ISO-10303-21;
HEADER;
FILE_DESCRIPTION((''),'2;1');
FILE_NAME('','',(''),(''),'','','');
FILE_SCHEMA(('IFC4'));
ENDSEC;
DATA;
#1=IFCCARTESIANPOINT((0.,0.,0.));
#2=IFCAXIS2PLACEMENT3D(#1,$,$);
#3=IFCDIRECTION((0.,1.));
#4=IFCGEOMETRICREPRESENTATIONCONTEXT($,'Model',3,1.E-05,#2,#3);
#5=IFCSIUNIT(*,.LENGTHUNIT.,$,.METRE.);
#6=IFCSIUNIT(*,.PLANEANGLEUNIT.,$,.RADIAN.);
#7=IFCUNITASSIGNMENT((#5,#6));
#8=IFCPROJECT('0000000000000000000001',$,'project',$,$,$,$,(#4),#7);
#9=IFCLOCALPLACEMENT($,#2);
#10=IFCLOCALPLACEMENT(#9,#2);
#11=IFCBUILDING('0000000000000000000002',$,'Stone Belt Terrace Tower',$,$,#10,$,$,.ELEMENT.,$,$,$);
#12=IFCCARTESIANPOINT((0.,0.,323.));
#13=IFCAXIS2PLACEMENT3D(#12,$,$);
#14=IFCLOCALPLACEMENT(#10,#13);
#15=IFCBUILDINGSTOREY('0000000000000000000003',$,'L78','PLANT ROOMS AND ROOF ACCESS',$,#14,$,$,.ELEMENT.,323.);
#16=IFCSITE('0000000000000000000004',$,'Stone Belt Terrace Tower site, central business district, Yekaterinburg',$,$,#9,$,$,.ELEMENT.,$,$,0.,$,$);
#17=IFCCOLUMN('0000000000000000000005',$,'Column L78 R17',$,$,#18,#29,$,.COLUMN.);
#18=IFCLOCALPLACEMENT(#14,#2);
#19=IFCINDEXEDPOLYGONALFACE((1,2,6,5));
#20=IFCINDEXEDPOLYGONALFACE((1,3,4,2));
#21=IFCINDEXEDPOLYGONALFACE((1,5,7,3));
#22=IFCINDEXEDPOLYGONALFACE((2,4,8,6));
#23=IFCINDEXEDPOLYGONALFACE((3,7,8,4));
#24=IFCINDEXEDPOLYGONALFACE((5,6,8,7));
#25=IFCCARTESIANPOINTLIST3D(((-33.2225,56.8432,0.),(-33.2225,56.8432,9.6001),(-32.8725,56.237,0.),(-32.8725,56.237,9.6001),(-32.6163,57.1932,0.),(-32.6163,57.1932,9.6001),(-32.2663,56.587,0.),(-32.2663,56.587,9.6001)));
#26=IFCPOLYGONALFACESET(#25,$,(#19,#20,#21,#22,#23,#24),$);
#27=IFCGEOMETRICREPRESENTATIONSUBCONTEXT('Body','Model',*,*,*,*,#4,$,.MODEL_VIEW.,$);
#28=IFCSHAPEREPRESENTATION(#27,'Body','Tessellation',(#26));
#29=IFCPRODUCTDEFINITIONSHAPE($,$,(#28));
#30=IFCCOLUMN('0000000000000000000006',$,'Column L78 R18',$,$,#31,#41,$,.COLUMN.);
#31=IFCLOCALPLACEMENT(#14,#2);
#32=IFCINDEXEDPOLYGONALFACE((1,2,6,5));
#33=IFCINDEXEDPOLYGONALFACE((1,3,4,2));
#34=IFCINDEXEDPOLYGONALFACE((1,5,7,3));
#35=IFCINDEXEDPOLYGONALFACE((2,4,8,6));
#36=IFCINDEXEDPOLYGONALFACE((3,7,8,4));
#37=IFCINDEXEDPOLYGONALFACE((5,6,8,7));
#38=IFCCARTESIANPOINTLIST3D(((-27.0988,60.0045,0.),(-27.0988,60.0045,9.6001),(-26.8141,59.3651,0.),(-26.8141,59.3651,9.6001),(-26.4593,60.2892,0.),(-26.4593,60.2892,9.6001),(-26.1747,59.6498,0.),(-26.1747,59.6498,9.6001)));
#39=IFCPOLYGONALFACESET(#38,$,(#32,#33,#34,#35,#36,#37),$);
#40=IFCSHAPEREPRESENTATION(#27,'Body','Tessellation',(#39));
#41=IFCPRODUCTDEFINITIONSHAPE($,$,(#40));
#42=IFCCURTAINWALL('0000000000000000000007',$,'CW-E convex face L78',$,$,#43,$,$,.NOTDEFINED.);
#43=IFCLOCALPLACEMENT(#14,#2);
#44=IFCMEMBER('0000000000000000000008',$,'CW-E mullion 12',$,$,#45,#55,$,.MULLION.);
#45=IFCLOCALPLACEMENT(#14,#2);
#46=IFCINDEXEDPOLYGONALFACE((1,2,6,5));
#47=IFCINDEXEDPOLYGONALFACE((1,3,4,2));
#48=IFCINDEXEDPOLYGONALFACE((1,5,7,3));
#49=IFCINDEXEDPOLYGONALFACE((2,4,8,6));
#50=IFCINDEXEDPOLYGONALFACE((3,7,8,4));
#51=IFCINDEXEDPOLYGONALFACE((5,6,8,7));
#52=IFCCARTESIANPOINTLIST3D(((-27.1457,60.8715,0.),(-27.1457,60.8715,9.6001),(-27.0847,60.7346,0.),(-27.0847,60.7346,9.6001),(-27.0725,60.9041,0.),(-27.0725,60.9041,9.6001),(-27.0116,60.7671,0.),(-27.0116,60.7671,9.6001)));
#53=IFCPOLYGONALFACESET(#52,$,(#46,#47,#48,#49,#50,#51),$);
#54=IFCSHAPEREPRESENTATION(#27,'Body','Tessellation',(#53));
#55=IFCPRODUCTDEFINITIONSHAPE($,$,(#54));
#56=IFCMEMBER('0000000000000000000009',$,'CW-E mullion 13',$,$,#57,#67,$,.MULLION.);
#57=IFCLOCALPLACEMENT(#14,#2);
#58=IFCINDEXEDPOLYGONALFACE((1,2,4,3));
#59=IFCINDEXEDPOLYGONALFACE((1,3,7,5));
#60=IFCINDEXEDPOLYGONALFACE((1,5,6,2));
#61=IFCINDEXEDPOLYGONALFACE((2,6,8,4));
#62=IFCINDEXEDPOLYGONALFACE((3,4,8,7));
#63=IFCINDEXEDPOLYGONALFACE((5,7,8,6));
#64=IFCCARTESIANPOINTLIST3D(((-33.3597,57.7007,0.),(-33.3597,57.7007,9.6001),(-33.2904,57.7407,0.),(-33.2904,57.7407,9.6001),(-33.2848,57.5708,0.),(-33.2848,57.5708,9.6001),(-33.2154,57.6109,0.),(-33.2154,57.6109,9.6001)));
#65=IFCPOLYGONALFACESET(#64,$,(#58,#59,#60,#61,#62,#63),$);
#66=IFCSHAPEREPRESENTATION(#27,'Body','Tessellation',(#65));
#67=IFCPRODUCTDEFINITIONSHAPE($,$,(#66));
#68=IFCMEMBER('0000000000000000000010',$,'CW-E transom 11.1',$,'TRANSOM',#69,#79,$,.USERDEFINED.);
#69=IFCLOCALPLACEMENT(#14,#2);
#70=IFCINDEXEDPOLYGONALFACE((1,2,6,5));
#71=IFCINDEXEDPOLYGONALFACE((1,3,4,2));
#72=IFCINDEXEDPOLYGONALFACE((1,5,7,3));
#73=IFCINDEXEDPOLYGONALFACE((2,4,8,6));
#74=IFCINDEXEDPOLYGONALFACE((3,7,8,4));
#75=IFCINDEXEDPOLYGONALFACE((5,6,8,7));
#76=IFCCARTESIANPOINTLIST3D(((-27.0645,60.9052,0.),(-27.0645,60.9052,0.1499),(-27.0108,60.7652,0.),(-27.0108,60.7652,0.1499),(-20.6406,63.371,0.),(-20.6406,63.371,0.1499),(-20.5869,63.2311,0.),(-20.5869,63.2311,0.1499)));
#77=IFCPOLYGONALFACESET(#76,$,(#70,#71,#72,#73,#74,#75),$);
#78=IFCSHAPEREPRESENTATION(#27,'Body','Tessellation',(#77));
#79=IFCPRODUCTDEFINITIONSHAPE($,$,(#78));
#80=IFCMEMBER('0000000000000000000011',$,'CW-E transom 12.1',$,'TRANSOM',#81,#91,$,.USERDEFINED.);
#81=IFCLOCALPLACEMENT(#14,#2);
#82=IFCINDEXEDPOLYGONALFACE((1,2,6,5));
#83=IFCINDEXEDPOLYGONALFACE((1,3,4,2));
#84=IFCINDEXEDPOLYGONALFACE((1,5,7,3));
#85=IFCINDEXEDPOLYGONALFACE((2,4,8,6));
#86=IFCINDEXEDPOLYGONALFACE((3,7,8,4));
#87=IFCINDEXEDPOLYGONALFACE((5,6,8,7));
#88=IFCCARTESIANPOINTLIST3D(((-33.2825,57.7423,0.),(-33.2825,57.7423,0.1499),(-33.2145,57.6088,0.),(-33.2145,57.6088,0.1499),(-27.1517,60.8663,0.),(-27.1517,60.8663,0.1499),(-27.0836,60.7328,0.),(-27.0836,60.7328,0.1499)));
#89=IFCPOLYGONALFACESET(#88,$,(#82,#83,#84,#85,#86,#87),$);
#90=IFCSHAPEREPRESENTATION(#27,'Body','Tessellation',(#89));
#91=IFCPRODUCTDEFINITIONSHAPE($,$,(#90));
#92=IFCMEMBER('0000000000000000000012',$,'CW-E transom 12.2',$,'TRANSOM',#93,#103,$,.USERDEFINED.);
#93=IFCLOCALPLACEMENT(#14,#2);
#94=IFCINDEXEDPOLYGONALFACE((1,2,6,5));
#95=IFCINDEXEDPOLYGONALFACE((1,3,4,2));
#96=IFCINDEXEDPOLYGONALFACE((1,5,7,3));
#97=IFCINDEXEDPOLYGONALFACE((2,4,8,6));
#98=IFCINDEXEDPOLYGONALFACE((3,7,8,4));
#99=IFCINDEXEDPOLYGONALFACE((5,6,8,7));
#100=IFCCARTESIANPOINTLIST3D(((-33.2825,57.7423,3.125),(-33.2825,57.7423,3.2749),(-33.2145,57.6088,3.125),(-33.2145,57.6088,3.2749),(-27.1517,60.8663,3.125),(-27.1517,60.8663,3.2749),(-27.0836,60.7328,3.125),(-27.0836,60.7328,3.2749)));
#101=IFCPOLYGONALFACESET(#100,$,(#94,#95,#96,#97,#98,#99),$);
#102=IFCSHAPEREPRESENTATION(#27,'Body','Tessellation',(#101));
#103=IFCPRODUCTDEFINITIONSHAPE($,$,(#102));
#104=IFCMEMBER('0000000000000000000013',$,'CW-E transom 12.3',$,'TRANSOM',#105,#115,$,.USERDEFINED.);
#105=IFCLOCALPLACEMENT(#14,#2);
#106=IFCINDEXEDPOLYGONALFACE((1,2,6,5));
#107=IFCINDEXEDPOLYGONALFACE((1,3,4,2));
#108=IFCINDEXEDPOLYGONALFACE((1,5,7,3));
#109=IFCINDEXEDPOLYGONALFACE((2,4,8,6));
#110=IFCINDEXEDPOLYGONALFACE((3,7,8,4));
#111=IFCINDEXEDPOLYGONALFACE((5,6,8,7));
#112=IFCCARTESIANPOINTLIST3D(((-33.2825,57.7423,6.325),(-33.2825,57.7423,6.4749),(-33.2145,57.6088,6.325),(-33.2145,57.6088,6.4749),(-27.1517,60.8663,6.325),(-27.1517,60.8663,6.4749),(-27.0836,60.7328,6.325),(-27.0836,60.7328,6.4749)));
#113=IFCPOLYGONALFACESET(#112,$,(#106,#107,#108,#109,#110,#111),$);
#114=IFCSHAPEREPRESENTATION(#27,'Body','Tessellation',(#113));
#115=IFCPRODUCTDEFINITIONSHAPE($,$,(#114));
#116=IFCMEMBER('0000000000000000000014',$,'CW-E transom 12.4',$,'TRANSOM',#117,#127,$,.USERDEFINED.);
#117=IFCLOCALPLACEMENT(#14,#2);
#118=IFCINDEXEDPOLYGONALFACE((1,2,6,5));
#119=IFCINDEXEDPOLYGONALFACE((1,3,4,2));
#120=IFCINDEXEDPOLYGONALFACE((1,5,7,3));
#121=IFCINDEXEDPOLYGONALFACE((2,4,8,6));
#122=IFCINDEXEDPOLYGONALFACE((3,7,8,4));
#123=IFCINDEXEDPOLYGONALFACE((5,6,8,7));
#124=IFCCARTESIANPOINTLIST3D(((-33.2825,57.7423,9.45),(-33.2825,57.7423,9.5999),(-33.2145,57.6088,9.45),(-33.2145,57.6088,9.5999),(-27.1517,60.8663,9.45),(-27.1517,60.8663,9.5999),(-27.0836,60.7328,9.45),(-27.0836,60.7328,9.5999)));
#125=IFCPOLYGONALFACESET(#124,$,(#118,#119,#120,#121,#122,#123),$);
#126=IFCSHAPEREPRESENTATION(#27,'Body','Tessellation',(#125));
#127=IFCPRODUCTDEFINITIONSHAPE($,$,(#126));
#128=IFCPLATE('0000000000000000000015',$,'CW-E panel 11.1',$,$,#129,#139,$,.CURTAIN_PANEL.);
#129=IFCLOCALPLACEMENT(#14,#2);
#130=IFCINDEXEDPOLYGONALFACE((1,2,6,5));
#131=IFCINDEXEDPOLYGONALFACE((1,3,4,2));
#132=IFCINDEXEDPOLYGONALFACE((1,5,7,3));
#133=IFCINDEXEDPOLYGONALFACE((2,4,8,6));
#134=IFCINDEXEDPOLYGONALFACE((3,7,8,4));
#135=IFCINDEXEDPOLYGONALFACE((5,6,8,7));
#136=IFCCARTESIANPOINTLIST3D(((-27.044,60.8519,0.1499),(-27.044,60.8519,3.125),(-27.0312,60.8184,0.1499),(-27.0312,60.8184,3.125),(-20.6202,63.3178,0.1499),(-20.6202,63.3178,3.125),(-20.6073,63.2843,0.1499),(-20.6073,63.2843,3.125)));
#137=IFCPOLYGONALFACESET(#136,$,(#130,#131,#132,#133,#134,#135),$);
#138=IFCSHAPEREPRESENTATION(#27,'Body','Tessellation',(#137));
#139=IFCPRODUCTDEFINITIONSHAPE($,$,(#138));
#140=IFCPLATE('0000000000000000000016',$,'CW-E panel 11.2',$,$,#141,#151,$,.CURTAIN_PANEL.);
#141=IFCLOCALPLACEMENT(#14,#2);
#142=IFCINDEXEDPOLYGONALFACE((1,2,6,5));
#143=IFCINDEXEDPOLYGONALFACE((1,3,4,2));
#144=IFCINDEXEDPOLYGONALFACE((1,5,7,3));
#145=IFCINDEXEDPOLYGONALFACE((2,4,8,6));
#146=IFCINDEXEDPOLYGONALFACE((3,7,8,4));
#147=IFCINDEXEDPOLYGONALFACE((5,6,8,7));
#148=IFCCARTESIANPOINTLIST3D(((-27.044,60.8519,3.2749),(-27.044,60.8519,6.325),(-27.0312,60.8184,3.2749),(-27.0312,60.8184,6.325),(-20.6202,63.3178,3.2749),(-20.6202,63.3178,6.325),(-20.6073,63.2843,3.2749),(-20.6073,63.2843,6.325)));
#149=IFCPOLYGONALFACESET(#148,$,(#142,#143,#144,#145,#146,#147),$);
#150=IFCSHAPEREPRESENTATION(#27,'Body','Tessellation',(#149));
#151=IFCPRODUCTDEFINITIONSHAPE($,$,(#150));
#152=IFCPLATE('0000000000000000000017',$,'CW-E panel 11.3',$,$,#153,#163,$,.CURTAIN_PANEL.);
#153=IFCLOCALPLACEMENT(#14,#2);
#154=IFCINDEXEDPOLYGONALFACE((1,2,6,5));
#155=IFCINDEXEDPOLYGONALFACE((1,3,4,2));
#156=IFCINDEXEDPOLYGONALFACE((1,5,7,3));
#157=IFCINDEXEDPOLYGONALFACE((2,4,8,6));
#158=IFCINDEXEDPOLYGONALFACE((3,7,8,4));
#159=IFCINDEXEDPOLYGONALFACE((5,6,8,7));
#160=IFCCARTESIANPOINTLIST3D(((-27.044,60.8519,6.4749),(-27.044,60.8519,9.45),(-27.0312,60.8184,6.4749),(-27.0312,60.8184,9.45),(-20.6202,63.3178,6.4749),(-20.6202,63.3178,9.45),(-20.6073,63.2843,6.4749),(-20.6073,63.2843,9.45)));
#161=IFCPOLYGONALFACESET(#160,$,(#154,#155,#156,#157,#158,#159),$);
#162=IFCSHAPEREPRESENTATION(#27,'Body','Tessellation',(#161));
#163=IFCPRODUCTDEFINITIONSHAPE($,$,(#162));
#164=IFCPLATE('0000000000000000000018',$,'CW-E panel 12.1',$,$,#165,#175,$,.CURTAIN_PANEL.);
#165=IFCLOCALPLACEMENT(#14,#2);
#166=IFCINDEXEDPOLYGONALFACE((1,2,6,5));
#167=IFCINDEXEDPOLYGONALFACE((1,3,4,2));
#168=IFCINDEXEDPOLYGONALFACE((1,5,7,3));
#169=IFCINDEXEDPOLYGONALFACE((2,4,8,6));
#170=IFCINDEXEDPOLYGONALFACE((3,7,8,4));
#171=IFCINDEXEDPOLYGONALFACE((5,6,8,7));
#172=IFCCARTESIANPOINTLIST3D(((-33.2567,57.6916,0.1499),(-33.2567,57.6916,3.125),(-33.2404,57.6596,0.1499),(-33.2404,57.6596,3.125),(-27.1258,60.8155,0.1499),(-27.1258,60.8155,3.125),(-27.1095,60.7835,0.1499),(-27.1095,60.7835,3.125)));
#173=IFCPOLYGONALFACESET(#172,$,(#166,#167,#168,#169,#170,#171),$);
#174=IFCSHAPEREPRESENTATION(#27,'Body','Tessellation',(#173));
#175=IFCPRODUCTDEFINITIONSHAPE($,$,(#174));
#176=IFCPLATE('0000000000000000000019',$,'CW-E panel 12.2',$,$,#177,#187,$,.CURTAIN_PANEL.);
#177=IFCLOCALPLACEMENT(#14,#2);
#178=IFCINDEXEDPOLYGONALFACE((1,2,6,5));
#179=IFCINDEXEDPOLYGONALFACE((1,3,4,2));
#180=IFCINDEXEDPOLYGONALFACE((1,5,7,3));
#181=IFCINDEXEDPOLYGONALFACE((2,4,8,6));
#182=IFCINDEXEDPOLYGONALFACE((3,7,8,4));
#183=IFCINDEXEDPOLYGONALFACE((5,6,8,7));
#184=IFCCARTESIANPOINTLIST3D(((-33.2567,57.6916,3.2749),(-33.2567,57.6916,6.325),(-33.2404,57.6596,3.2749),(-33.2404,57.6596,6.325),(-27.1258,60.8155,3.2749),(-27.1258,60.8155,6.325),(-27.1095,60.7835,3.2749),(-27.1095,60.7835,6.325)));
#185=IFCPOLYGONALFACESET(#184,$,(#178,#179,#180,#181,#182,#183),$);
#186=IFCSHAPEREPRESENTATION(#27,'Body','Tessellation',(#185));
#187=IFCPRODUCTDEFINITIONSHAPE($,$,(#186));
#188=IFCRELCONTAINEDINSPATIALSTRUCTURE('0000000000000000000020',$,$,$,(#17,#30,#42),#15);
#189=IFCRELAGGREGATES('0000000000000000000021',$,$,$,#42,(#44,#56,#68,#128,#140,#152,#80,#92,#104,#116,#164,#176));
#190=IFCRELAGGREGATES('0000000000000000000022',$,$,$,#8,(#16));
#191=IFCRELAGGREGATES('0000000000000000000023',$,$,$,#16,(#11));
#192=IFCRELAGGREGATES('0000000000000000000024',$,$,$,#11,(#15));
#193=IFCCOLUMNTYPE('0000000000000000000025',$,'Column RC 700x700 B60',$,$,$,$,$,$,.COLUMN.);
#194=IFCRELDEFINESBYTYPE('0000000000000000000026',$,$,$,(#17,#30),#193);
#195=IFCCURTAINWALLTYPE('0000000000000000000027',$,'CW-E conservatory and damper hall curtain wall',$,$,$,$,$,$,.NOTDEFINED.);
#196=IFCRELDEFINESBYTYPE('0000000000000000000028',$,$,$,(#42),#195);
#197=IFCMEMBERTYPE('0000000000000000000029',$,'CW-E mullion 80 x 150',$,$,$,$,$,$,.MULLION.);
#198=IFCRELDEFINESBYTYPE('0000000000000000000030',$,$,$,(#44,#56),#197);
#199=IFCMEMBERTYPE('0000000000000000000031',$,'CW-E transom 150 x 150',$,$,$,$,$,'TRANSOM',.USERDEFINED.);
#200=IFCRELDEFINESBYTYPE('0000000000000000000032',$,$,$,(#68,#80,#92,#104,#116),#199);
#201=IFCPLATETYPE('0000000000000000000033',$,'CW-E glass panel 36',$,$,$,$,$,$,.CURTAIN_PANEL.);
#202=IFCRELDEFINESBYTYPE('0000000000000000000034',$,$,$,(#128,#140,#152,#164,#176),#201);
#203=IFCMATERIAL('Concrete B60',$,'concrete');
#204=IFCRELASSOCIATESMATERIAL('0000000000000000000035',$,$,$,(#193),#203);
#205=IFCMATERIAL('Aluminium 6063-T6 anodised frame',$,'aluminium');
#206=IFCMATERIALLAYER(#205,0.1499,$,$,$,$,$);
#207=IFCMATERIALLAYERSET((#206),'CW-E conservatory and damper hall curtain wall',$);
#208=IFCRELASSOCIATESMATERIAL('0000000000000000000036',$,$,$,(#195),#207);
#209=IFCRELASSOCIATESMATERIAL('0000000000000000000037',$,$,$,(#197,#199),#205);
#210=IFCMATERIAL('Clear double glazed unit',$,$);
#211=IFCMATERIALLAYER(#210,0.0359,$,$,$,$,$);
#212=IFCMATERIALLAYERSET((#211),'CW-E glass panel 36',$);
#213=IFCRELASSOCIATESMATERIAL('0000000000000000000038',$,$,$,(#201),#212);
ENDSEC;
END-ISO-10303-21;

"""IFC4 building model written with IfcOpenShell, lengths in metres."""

from ifc_helpers import new_model, si_unit, direction, frame, origin, origin_2d, place, context, subcontext, project, spatial, rectangle, extrude, material, layer, layer_set, material_profile, profile_set, type_object, element, aggregate, save


model = new_model("IFC4")

# Units and contexts
model_context = context("Model", 3, precision=1e-05, world=origin(), true_north=direction((0.0, 1.0)))
body_context = subcontext(model_context, "Body", "Model", "MODEL_VIEW")
ifc_project = project(units=[si_unit("LENGTHUNIT", "METRE"), si_unit("PLANEANGLEUNIT", "RADIAN")], contexts=[model_context])

# Site, building, storey
site_placement = place(None, origin())
site = spatial("IfcSite", under=ifc_project, at=site_placement, Name="Stone Belt Terrace Tower site, central business district, Yekaterinburg", CompositionType="ELEMENT", RefElevation=0.0)
building_placement = place(site_placement, origin())
building = spatial("IfcBuilding", under=site, at=building_placement, Name="Stone Belt Terrace Tower", CompositionType="ELEMENT")
storey_placement = place(building_placement, frame((0.0, 0.0, 323.0)))
storey = spatial("IfcBuildingStorey", under=building, at=storey_placement, Name="L78", Description="PLANT ROOMS AND ROOF ACCESS", CompositionType="ELEMENT", Elevation=323.0)

# Columns
ifc_material_1 = material(Name="Concrete B60", Category="concrete")
ifc_material_profile_1 = material_profile(ifc_material_1, rectangle(XDim=0.7, YDim=0.7, at=origin_2d()), Name="RC 700x700")
ifc_profile_set_1 = profile_set([ifc_material_profile_1], Name="Concrete B60")
column_type = type_object("IfcColumnType", Name="Column RC 700x700 B60", PredefinedType="COLUMN", material=ifc_profile_set_1)
for number, where, z_axis, x_axis, name in (
    (1, (-32.7444, 56.7151, 0.0), (0.0, 0.0, 1.0), (0.866025, 0.5, 0.0), "Column L78 R17"),
    (2, (-26.6367, 59.8271, 0.0), (0.0, 0.0, 1.0), (0.913545, 0.406737, 0.0), "Column L78 R18"),
):
    element("IfcColumn", number, at=place(storey_placement, frame(where, z_axis=z_axis, x_axis=x_axis)), inside=storey, type_object=column_type, Name=name, PredefinedType="COLUMN", context=body_context, shape_type="SweptSolid", body=[
        extrude(rectangle(XDim=0.7, YDim=0.7, at=origin_2d()), origin(), (0.0, 0.0, 1.0), 9.6001),
    ])

# Curtain wall, members, plates
ifc_material_2 = material(Name="Aluminium 6063-T6 anodised frame", Category="aluminium")
ifc_layer_1 = layer(ifc_material_2, 0.1499)
ifc_layer_set_1 = layer_set([ifc_layer_1], Name="CW-E conservatory and damper hall curtain wall")
curtain_wall_type = type_object("IfcCurtainWallType", Name="CW-E conservatory and damper hall curtain wall", PredefinedType="NOTDEFINED", material=ifc_layer_set_1)
curtain_wall_placement = place(storey_placement, origin())
curtain_wall = element("IfcCurtainWall", 3, at=curtain_wall_placement, inside=storey, type_object=curtain_wall_type, Name="CW-E convex face L78", PredefinedType="NOTDEFINED")
ifc_material_profile_2 = material_profile(ifc_material_2, rectangle(XDim=0.1499, YDim=0.0801, at=origin_2d()), Name="Aluminium 6063-T6 80x150")
ifc_profile_set_2 = profile_set([ifc_material_profile_2], Name="Aluminium 6063-T6 anodised frame")
member_type_1 = type_object("IfcMemberType", Name="CW-E mullion 80 x 150", PredefinedType="MULLION", material=ifc_profile_set_2)
member_1_placement = place(storey_placement, frame((-27.0786, 60.8193, 0.0), z_axis=(0.0, 0.0, 1.0), x_axis=(0.406737, -0.913545, 0.0)))
member_1 = element("IfcMember", 4, at=member_1_placement, type_object=member_type_1, Name="CW-E mullion 12", PredefinedType="MULLION", context=body_context, shape_type="SweptSolid", body=[
    extrude(rectangle(XDim=0.1499, YDim=0.0801, at=origin_2d()), origin(), (0.0, 0.0, 1.0), 9.6001),
])
member_2_placement = place(storey_placement, frame((-33.2876, 57.6558, 0.0), z_axis=(0.0, 0.0, 1.0), x_axis=(0.5, -0.866025, 0.0)))
member_2 = element("IfcMember", 5, at=member_2_placement, type_object=member_type_1, Name="CW-E mullion 13", PredefinedType="MULLION", context=body_context, shape_type="SweptSolid", body=[
    extrude(rectangle(XDim=0.1499, YDim=0.0801, at=origin_2d()), origin(), (0.0, 0.0, 1.0), 9.6001),
])
ifc_material_profile_3 = material_profile(ifc_material_2, rectangle(XDim=0.1499, YDim=0.1499, at=origin_2d()), Name="Aluminium 6063-T6 150x150")
ifc_profile_set_3 = profile_set([ifc_material_profile_3], Name="Aluminium 6063-T6 anodised frame")
member_type_2 = type_object("IfcMemberType", Name="CW-E transom 150 x 150", ElementType="TRANSOM", PredefinedType="USERDEFINED", material=ifc_profile_set_3)
member_3_placement = place(storey_placement, frame((-20.6138, 63.301, 0.075), z_axis=(-0.933583, -0.358361, 0.0), x_axis=(0.358361, -0.933583, 0.0)))
member_3 = element("IfcMember", 6, at=member_3_placement, type_object=member_type_2, Name="CW-E transom 11.1", ObjectType="TRANSOM", PredefinedType="USERDEFINED", context=body_context, shape_type="SweptSolid", body=[
    extrude(rectangle(XDim=0.1499, YDim=0.1499, at=origin_2d()), origin(), (0.0, 0.0, 1.0), 6.8809),
])
member_4_placement = place(storey_placement, frame((-27.1177, 60.7996, 0.075), z_axis=(-0.890995, -0.454013, 0.0), x_axis=(0.454013, -0.890995, 0.0)))
member_4 = element("IfcMember", 7, at=member_4_placement, type_object=member_type_2, Name="CW-E transom 12.1", ObjectType="TRANSOM", PredefinedType="USERDEFINED", context=body_context, shape_type="SweptSolid", body=[
    extrude(rectangle(XDim=0.1499, YDim=0.1499, at=origin_2d()), origin(), (0.0, 0.0, 1.0), 6.8809),
])
member_5_placement = place(storey_placement, frame((-27.1177, 60.7996, 3.2), z_axis=(-0.890995, -0.454013, 0.0), x_axis=(0.454013, -0.890995, 0.0)))
member_5 = element("IfcMember", 8, at=member_5_placement, type_object=member_type_2, Name="CW-E transom 12.2", ObjectType="TRANSOM", PredefinedType="USERDEFINED", context=body_context, shape_type="SweptSolid", body=[
    extrude(rectangle(XDim=0.1499, YDim=0.1499, at=origin_2d()), origin(), (0.0, 0.0, 1.0), 6.8809),
])
member_6_placement = place(storey_placement, frame((-27.1177, 60.7996, 6.3999), z_axis=(-0.890995, -0.454013, 0.0), x_axis=(0.454013, -0.890995, 0.0)))
member_6 = element("IfcMember", 9, at=member_6_placement, type_object=member_type_2, Name="CW-E transom 12.3", ObjectType="TRANSOM", PredefinedType="USERDEFINED", context=body_context, shape_type="SweptSolid", body=[
    extrude(rectangle(XDim=0.1499, YDim=0.1499, at=origin_2d()), origin(), (0.0, 0.0, 1.0), 6.8809),
])
member_7_placement = place(storey_placement, frame((-27.1177, 60.7996, 9.5249), z_axis=(-0.890995, -0.454013, 0.0), x_axis=(0.454013, -0.890995, 0.0)))
member_7 = element("IfcMember", 10, at=member_7_placement, type_object=member_type_2, Name="CW-E transom 12.4", ObjectType="TRANSOM", PredefinedType="USERDEFINED", context=body_context, shape_type="SweptSolid", body=[
    extrude(rectangle(XDim=0.1499, YDim=0.1499, at=origin_2d()), origin(), (0.0, 0.0, 1.0), 6.8809),
])
ifc_material_3 = material(Name="Clear double glazed unit")
ifc_layer_2 = layer(ifc_material_3, 0.0359)
ifc_layer_set_2 = layer_set([ifc_layer_2], Name="CW-E glass panel 36")
plate_type = type_object("IfcPlateType", Name="CW-E glass panel 36", PredefinedType="CURTAIN_PANEL", material=ifc_layer_set_2)
plate_1_placement = place(storey_placement, frame((-23.8257, 62.0681, 0.1499), z_axis=(0.0, 0.0, 1.0), x_axis=(-0.93358, -0.358368, 0.0)))
plate_1 = element("IfcPlate", 11, at=plate_1_placement, type_object=plate_type, Name="CW-E panel 11.1", PredefinedType="CURTAIN_PANEL", context=body_context, shape_type="SweptSolid", body=[
    extrude(rectangle(XDim=6.8809, YDim=0.0359, at=origin_2d()), origin(), (0.0, 0.0, 1.0), 2.9751),
])
plate_2_placement = place(storey_placement, frame((-23.8257, 62.0681, 3.2749), z_axis=(0.0, 0.0, 1.0), x_axis=(-0.93358, -0.358368, 0.0)))
plate_2 = element("IfcPlate", 12, at=plate_2_placement, type_object=plate_type, Name="CW-E panel 11.2", PredefinedType="CURTAIN_PANEL", context=body_context, shape_type="SweptSolid", body=[
    extrude(rectangle(XDim=6.8809, YDim=0.0359, at=origin_2d()), origin(), (0.0, 0.0, 1.0), 3.05),
])
plate_3_placement = place(storey_placement, frame((-23.8257, 62.0681, 6.4749), z_axis=(0.0, 0.0, 1.0), x_axis=(-0.93358, -0.358368, 0.0)))
plate_3 = element("IfcPlate", 13, at=plate_3_placement, type_object=plate_type, Name="CW-E panel 11.3", PredefinedType="CURTAIN_PANEL", context=body_context, shape_type="SweptSolid", body=[
    extrude(rectangle(XDim=6.8809, YDim=0.0359, at=origin_2d()), origin(), (0.0, 0.0, 1.0), 2.9751),
])
plate_4_placement = place(storey_placement, frame((-30.1831, 59.2375, 0.1499), z_axis=(0.0, 0.0, 1.0), x_axis=(-0.891007, -0.45399, 0.0)))
plate_4 = element("IfcPlate", 14, at=plate_4_placement, type_object=plate_type, Name="CW-E panel 12.1", PredefinedType="CURTAIN_PANEL", context=body_context, shape_type="SweptSolid", body=[
    extrude(rectangle(XDim=6.8809, YDim=0.0359, at=origin_2d()), origin(), (0.0, 0.0, 1.0), 2.9751),
])
plate_5_placement = place(storey_placement, frame((-30.1831, 59.2375, 3.2749), z_axis=(0.0, 0.0, 1.0), x_axis=(-0.891007, -0.45399, 0.0)))
plate_5 = element("IfcPlate", 15, at=plate_5_placement, type_object=plate_type, Name="CW-E panel 12.2", PredefinedType="CURTAIN_PANEL", context=body_context, shape_type="SweptSolid", body=[
    extrude(rectangle(XDim=6.8809, YDim=0.0359, at=origin_2d()), origin(), (0.0, 0.0, 1.0), 3.05),
])
aggregate(curtain_wall, [member_1, member_2, member_3, plate_1, plate_2, plate_3, member_4, member_5, member_6, member_7, plate_4, plate_5])

save(model, "model.ifc")
